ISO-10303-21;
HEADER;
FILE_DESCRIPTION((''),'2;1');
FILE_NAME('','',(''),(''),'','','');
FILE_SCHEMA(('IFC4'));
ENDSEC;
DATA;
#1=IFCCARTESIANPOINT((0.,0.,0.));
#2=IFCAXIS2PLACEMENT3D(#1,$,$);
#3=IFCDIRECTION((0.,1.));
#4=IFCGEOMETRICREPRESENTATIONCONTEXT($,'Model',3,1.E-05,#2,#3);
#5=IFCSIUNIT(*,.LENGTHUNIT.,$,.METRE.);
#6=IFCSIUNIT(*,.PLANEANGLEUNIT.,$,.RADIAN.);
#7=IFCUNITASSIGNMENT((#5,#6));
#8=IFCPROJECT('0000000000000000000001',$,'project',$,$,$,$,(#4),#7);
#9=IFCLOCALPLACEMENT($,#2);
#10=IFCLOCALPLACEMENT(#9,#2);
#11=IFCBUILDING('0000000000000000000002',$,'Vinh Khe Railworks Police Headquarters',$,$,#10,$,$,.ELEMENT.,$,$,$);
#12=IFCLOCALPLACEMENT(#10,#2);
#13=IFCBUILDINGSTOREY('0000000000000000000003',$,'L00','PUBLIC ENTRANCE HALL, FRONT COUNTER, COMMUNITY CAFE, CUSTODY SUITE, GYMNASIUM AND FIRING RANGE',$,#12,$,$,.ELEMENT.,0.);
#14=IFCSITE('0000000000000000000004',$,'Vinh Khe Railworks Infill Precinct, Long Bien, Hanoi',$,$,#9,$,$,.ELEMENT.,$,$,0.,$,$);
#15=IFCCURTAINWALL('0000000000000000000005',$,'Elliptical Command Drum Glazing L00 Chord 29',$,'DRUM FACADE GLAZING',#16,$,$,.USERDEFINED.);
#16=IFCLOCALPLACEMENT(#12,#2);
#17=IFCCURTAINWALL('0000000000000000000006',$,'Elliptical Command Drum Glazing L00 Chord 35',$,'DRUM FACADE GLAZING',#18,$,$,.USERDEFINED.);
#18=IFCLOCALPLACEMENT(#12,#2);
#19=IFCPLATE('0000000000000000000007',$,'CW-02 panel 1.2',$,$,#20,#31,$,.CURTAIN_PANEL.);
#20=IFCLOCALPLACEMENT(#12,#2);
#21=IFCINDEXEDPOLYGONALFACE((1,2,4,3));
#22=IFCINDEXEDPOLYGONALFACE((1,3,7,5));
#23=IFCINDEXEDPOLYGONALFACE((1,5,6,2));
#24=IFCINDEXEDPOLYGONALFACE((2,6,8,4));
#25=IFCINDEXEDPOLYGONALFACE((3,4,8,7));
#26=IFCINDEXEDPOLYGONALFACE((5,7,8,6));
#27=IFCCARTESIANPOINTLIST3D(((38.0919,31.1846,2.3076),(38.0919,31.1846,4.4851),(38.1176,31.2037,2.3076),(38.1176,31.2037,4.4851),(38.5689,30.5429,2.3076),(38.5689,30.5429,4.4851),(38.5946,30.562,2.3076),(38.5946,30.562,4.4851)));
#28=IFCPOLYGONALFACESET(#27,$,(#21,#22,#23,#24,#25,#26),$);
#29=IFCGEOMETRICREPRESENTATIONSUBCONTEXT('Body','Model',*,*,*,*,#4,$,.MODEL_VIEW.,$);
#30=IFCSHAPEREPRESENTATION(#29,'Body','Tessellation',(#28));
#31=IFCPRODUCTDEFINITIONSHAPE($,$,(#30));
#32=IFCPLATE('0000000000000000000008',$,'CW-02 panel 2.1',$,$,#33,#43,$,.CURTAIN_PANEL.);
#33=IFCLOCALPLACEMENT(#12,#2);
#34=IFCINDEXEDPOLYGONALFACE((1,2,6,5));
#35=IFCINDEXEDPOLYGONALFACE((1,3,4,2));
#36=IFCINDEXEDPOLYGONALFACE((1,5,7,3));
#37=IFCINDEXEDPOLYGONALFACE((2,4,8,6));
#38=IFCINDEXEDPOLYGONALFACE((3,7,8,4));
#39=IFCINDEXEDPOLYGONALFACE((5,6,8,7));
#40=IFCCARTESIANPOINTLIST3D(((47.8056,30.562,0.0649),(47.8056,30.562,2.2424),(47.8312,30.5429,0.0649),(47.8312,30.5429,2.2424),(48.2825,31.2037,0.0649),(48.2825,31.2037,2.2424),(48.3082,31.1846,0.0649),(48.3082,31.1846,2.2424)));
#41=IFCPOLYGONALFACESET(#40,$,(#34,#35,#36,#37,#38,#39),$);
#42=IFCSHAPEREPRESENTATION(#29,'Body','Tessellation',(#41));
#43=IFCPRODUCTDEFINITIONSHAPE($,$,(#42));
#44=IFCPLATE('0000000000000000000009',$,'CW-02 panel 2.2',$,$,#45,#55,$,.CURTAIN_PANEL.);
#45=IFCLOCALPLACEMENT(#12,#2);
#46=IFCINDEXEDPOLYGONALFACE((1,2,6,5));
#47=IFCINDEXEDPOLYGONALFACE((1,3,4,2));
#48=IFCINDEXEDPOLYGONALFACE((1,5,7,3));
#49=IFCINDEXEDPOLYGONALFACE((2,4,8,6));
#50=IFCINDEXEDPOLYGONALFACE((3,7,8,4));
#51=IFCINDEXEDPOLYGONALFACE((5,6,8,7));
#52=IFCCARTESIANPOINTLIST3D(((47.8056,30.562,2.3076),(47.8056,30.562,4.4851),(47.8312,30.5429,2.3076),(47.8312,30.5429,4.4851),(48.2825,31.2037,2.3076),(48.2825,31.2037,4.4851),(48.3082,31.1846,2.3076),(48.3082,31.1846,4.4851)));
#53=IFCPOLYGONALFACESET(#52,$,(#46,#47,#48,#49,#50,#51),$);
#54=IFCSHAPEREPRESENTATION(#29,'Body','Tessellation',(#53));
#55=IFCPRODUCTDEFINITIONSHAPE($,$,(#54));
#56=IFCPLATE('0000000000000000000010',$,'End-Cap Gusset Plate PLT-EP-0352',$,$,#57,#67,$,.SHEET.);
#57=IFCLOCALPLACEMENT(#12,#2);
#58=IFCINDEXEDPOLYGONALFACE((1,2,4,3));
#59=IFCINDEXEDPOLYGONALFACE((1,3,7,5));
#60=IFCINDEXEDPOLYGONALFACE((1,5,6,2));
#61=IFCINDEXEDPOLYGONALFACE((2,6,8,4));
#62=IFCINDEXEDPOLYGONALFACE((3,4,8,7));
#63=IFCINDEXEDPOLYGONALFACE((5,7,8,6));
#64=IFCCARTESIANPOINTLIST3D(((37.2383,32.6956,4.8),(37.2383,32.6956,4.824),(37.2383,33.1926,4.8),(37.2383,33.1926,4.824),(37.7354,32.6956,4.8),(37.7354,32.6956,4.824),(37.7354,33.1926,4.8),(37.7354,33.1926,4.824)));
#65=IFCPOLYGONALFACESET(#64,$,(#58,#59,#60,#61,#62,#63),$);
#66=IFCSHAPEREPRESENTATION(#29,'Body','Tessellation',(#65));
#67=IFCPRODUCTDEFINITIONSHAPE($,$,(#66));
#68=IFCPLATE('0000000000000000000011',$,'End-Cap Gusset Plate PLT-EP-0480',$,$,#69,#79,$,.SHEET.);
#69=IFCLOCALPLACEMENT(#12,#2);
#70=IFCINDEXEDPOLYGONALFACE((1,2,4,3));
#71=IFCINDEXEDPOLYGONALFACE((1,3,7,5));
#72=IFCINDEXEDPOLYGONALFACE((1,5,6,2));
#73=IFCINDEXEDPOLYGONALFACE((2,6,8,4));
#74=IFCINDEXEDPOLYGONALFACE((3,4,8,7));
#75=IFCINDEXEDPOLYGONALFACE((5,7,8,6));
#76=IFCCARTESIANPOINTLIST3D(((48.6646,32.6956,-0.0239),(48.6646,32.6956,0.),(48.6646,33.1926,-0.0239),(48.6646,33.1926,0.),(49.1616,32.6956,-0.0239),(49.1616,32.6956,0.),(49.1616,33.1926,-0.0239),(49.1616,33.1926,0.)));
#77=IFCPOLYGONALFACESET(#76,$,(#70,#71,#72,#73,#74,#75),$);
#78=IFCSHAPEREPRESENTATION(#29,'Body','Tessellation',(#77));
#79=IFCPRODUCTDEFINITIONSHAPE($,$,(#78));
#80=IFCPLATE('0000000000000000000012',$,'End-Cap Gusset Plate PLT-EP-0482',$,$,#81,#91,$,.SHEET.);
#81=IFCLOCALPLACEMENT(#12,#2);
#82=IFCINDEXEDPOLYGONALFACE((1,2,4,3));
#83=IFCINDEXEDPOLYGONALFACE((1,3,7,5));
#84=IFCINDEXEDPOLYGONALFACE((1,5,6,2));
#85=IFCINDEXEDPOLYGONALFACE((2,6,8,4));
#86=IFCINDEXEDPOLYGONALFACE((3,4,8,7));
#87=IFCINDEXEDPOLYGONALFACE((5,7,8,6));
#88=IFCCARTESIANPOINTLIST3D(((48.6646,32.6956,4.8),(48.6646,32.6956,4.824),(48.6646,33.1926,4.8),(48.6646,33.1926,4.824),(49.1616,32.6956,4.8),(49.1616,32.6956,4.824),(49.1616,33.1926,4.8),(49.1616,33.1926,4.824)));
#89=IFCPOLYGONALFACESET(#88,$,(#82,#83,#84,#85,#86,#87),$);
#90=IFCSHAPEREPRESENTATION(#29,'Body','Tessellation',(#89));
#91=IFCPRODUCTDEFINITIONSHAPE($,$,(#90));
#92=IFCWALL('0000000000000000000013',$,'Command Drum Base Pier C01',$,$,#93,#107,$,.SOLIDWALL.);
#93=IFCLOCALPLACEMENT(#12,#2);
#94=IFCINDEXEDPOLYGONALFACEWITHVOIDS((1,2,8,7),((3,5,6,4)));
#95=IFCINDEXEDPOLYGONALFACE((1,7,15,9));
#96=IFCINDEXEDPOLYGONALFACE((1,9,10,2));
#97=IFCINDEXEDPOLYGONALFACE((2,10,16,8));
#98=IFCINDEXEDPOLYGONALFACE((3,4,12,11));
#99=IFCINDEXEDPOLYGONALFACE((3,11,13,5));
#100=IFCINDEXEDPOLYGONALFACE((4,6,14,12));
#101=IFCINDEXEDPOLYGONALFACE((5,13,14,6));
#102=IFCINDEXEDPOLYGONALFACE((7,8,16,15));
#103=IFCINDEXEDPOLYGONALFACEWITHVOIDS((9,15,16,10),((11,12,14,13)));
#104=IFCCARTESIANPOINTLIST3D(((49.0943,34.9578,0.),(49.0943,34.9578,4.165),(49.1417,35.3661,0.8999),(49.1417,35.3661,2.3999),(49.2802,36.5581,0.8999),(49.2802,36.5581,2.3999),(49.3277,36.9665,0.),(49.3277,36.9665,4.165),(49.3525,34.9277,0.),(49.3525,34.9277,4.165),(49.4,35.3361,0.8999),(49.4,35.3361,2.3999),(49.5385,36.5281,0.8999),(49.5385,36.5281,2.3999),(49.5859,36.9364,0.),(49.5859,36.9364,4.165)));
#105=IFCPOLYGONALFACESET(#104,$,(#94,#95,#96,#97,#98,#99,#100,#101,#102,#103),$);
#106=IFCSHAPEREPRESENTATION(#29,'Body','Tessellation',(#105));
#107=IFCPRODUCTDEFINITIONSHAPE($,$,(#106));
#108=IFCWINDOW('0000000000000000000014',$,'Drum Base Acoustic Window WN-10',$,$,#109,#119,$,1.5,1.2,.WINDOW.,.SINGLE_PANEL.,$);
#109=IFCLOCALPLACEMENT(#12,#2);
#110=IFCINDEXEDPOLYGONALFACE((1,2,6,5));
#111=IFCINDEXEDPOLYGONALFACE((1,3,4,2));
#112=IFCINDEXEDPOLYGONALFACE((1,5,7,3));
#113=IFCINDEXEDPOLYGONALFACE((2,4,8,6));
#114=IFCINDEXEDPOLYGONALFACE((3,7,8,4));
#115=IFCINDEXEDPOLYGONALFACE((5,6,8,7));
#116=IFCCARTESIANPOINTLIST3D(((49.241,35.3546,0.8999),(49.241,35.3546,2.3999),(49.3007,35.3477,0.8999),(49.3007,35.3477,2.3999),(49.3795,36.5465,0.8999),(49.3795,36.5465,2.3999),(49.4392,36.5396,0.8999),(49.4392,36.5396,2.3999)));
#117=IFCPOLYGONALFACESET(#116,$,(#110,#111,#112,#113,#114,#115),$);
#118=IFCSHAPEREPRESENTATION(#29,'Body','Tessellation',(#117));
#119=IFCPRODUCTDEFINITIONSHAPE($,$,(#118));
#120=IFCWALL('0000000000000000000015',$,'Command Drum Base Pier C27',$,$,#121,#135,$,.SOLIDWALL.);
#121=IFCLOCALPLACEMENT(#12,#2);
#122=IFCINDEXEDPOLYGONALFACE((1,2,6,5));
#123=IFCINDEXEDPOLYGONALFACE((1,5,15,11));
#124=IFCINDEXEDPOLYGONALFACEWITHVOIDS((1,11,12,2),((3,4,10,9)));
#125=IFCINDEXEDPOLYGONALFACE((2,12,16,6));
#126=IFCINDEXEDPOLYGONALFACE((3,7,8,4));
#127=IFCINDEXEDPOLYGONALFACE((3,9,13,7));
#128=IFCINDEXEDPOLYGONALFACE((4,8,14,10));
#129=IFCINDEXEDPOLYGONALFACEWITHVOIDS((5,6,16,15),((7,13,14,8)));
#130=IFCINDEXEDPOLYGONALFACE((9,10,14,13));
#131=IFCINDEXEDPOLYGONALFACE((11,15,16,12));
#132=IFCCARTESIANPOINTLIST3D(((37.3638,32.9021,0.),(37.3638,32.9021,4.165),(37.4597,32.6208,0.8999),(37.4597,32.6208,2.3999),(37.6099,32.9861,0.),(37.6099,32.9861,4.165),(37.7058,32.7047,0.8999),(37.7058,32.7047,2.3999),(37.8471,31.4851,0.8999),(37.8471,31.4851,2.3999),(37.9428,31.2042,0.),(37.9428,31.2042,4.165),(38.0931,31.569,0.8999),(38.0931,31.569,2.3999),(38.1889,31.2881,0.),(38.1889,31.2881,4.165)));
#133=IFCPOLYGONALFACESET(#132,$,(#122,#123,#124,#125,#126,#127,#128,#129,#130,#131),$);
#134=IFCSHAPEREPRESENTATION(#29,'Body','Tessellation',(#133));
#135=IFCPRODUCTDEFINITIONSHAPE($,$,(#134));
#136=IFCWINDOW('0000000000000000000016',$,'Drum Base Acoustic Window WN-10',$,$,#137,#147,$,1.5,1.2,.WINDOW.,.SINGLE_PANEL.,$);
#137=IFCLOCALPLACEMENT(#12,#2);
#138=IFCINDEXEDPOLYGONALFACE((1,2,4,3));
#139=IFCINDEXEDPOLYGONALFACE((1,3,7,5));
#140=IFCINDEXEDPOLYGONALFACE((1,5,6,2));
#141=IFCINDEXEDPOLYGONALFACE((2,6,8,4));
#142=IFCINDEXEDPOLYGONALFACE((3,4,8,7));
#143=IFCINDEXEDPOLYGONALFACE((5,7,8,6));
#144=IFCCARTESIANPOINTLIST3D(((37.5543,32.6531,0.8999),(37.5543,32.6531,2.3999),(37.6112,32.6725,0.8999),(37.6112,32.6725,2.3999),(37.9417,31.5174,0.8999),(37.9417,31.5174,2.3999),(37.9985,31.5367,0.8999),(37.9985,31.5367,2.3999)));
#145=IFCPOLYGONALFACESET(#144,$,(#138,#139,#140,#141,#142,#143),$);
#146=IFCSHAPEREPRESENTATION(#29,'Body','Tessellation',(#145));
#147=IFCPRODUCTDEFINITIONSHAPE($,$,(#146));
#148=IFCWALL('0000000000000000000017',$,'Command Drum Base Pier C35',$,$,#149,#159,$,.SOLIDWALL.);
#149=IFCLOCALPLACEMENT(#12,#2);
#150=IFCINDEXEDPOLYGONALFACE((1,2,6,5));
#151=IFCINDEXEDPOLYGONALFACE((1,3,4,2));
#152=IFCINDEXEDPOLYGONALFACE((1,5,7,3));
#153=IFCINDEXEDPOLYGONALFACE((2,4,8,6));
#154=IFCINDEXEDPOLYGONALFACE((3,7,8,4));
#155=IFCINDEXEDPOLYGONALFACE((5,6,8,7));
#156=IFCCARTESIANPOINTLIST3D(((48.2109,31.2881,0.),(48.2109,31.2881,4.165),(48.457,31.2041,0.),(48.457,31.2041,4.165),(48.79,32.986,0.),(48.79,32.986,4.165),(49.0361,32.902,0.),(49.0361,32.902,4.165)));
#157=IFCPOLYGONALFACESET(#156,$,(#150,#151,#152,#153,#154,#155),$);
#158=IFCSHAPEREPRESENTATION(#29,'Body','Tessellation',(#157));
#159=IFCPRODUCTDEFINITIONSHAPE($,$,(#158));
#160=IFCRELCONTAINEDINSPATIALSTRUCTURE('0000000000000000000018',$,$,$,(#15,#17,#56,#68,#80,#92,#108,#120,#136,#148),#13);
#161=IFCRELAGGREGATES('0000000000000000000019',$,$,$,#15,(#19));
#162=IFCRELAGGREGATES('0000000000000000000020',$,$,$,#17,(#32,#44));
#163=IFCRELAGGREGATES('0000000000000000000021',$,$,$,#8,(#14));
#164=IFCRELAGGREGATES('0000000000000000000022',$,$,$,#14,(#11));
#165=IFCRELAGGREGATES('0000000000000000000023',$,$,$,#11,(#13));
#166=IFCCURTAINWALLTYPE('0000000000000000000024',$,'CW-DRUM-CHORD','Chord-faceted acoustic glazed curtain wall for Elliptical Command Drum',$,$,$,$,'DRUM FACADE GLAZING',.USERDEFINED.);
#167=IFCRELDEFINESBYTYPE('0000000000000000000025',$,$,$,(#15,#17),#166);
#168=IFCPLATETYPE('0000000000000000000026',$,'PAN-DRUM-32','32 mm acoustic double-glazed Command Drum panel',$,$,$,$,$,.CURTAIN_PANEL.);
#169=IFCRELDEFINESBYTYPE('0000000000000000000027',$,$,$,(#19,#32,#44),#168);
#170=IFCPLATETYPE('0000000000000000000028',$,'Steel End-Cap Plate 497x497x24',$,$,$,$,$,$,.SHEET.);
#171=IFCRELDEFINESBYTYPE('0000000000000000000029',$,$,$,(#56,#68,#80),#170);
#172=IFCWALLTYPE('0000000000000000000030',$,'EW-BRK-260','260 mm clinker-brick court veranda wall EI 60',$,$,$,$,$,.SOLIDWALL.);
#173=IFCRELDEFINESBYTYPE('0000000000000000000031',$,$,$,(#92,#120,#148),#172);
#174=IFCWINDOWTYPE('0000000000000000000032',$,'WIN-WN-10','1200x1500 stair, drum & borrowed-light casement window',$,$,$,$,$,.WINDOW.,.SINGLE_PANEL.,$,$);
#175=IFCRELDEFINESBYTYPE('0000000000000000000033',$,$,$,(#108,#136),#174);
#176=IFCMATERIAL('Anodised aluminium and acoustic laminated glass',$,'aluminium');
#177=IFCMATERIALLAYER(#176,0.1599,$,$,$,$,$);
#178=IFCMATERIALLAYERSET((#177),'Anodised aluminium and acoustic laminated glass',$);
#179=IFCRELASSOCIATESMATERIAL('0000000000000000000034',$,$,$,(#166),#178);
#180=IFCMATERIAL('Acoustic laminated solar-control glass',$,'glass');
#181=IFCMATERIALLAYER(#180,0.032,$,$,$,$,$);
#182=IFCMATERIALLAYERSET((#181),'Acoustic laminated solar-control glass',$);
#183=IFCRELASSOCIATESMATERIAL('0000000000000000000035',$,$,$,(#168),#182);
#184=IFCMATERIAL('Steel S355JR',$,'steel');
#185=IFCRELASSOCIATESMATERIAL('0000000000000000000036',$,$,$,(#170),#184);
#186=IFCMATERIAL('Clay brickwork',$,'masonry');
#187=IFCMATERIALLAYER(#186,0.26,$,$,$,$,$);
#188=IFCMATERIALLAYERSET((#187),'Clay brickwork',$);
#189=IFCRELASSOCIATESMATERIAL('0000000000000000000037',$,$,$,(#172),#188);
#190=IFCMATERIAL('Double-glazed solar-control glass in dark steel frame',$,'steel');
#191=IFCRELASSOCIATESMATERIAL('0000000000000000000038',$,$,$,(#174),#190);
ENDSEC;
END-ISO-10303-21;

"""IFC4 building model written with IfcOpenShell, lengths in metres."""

from ifc_helpers import new_model, si_unit, direction, frame, frame_2d, origin, origin_2d, place, context, subcontext, project, spatial, rectangle, extrude, material, layer, layer_set, material_profile, profile_set, type_object, element, fill, aggregate, save


model = new_model("IFC4")

# Units and contexts
model_context = context("Model", 3, precision=1e-05, world=origin(), true_north=direction((0.0, 1.0)))
body_context = subcontext(model_context, "Body", "Model", "MODEL_VIEW")
ifc_project = project(units=[si_unit("LENGTHUNIT", "METRE"), si_unit("PLANEANGLEUNIT", "RADIAN")], contexts=[model_context])

# Site, building, storey
site_placement = place(None, origin())
site = spatial("IfcSite", under=ifc_project, at=site_placement, Name="Vinh Khe Railworks Infill Precinct, Long Bien, Hanoi", CompositionType="ELEMENT", RefElevation=0.0)
building_placement = place(site_placement, origin())
building = spatial("IfcBuilding", under=site, at=building_placement, Name="Vinh Khe Railworks Police Headquarters", CompositionType="ELEMENT")
storey_placement = place(building_placement, origin())
storey = spatial("IfcBuildingStorey", under=building, at=storey_placement, Name="L00", Description="PUBLIC ENTRANCE HALL, FRONT COUNTER, COMMUNITY CAFE, CUSTODY SUITE, GYMNASIUM AND FIRING RANGE", CompositionType="ELEMENT", Elevation=0.0)

# Shared definitions
ifc_material_1 = material(Name="Steel S355JR", Category="steel")

# Shared definitions
ifc_material_2 = material(Name="Anodised aluminium and acoustic laminated glass", Category="aluminium")
ifc_layer_1 = layer(ifc_material_2, 0.1599)
ifc_layer_set_1 = layer_set([ifc_layer_1], Name="Anodised aluminium and acoustic laminated glass")
curtain_wall_type = type_object("IfcCurtainWallType", Name="CW-DRUM-CHORD", Description="Chord-faceted acoustic glazed curtain wall for Elliptical Command Drum", ElementType="DRUM FACADE GLAZING", PredefinedType="USERDEFINED", material=ifc_layer_set_1)

# Curtain walls
curtain_wall_1_placement = place(storey_placement, origin())
curtain_wall_1 = element("IfcCurtainWall", 1, at=curtain_wall_1_placement, inside=storey, type_object=curtain_wall_type, Name="Elliptical Command Drum Glazing L00 Chord 29", ObjectType="DRUM FACADE GLAZING", PredefinedType="USERDEFINED")
curtain_wall_2_placement = place(storey_placement, origin())
curtain_wall_2 = element("IfcCurtainWall", 2, at=curtain_wall_2_placement, inside=storey, type_object=curtain_wall_type, Name="Elliptical Command Drum Glazing L00 Chord 35", ObjectType="DRUM FACADE GLAZING", PredefinedType="USERDEFINED")

# Plates
ifc_material_3 = material(Name="Acoustic laminated solar-control glass", Category="glass")
ifc_layer_2 = layer(ifc_material_3, 0.032)
ifc_layer_set_2 = layer_set([ifc_layer_2], Name="Acoustic laminated solar-control glass")
plate_type_1 = type_object("IfcPlateType", Name="PAN-DRUM-32", Description="32 mm acoustic double-glazed Command Drum panel", PredefinedType="CURTAIN_PANEL", material=ifc_layer_set_2)
plate_1_placement = place(storey_placement, frame((38.3433, 30.8733, 2.3076), z_axis=(0.0, 0.0, 1.0), x_axis=(0.596528, -0.802592, 0.0)))
plate_1 = element("IfcPlate", 3, at=plate_1_placement, type_object=plate_type_1, Name="CW-02 panel 1.2", PredefinedType="CURTAIN_PANEL", context=body_context, shape_type="SweptSolid", body=[
    extrude(rectangle(XDim=0.7996, YDim=0.032, at=origin_2d()), origin(), (0.0, 0.0, 1.0), 2.1775),
])
aggregate(curtain_wall_1, [plate_1])
plate_2_placement = place(storey_placement, frame((48.0569, 30.8733, 0.0649), z_axis=(0.0, 0.0, 1.0), x_axis=(0.596528, 0.802592, 0.0)))
plate_2 = element("IfcPlate", 4, at=plate_2_placement, type_object=plate_type_1, Name="CW-02 panel 2.1", PredefinedType="CURTAIN_PANEL", context=body_context, shape_type="SweptSolid", body=[
    extrude(rectangle(XDim=0.7996, YDim=0.032, at=origin_2d()), origin(), (0.0, 0.0, 1.0), 2.1775),
])
plate_3_placement = place(storey_placement, frame((48.0569, 30.8733, 2.3076), z_axis=(0.0, 0.0, 1.0), x_axis=(0.596528, 0.802592, 0.0)))
plate_3 = element("IfcPlate", 5, at=plate_3_placement, type_object=plate_type_1, Name="CW-02 panel 2.2", PredefinedType="CURTAIN_PANEL", context=body_context, shape_type="SweptSolid", body=[
    extrude(rectangle(XDim=0.7996, YDim=0.032, at=origin_2d()), origin(), (0.0, 0.0, 1.0), 2.1775),
])
aggregate(curtain_wall_2, [plate_2, plate_3])

# Plates
ifc_material_profile_1 = material_profile(ifc_material_1, rectangle(XDim=0.4971, YDim=0.4971, at=origin_2d()), Name="PL 497x497")
ifc_profile_set_1 = profile_set([ifc_material_profile_1], Name="Steel S355JR")
plate_type_2 = type_object("IfcPlateType", Name="Steel End-Cap Plate 497x497x24", PredefinedType="SHEET", material=ifc_profile_set_1)
for number, where, z_axis, x_axis, name in (
    (6, (37.4868, 32.9441, 4.8), (0.0, 0.0, 1.0), (1.0, 0.0, 0.0), "End-Cap Gusset Plate PLT-EP-0352"),
    (7, (48.9131, 32.9441, 0.0), (0.0, 0.0, -1.0), (1.0, 0.0, 0.0), "End-Cap Gusset Plate PLT-EP-0480"),
    (8, (48.9131, 32.9441, 4.8), (0.0, 0.0, 1.0), (1.0, 0.0, 0.0), "End-Cap Gusset Plate PLT-EP-0482"),
):
    element("IfcPlate", number, at=place(storey_placement, frame(where, z_axis=z_axis, x_axis=x_axis)), inside=storey, type_object=plate_type_2, Name=name, PredefinedType="SHEET", context=body_context, shape_type="SweptSolid", body=[
        extrude(rectangle(XDim=0.4971, YDim=0.4971, at=origin_2d()), origin(), (0.0, 0.0, 1.0), 0.0239),
    ])

# Walls, openings, windows
ifc_material_4 = material(Name="Clay brickwork", Category="masonry")
ifc_layer_3 = layer(ifc_material_4, 0.26)
ifc_layer_set_3 = layer_set([ifc_layer_3], Name="Clay brickwork")
wall_type = type_object("IfcWallType", Name="EW-BRK-260", Description="260 mm clinker-brick court veranda wall EI 60", PredefinedType="SOLIDWALL", material=ifc_layer_set_3)
wall_1_placement = place(storey_placement, frame((49.2234, 34.9426, 0.0), z_axis=(0.0, 0.0, 1.0), x_axis=(0.115412, 0.993318, 0.0)))
wall_1 = element("IfcWall", 9, at=wall_1_placement, inside=storey, type_object=wall_type, Name="Command Drum Base Pier C01", PredefinedType="SOLIDWALL", context=body_context, shape_type="SweptSolid", body=[
    extrude(rectangle(XDim=2.0222, YDim=0.26, at=frame_2d((1.0112, 0.0))), origin(), (0.0, 0.0, 1.0), 4.165),
])
opening_1_placement = place(wall_1_placement, frame((0.4111, 0.0, 0.8999)))
opening_1 = element("IfcOpeningElement", 10, at=opening_1_placement, cuts=wall_1, PredefinedType="OPENING", context=body_context, shape_type="SweptSolid", body=[
    extrude(rectangle(XDim=1.2, YDim=1.5, at=frame_2d((0.6001, 0.75))), frame((0.0, 0.145, 0.0), z_axis=(0.0, -1.0, 0.0), x_axis=(1.0, 0.0, 0.0)), (0.0, 0.0, 1.0), 0.2898),
])
ifc_material_5 = material(Name="Double-glazed solar-control glass in dark steel frame", Category="steel")
window_type = type_object("IfcWindowType", Name="WIN-WN-10", Description="1200x1500 stair, drum & borrowed-light casement window", PartitioningType="SINGLE_PANEL", PredefinedType="WINDOW", material=ifc_material_5)
window_1_placement = place(opening_1_placement, origin())
window_1 = element("IfcWindow", 11, at=window_1_placement, inside=storey, type_object=window_type, Name="Drum Base Acoustic Window WN-10", OverallHeight=1.5, OverallWidth=1.2, PartitioningType="SINGLE_PANEL", PredefinedType="WINDOW", context=body_context, shape_type="SweptSolid", body=[
    extrude(rectangle(XDim=1.2, YDim=1.5, at=frame_2d((0.6001, 0.75))), frame((0.0, 0.03, 0.0), z_axis=(0.0, -1.0, 0.0), x_axis=(1.0, 0.0, 0.0)), (0.0, 0.0, 1.0), 0.0601),
])
fill(opening_1, window_1)
wall_2_placement = place(storey_placement, frame((37.4868, 32.9441, 0.0), z_axis=(0.0, 0.0, 1.0), x_axis=(0.322793, -0.94647, 0.0)))
wall_2 = element("IfcWall", 12, at=wall_2_placement, inside=storey, type_object=wall_type, Name="Command Drum Base Pier C27", PredefinedType="SOLIDWALL", context=body_context, shape_type="SweptSolid", body=[
    extrude(rectangle(XDim=1.7939, YDim=0.26, at=frame_2d((0.897, 0.0))), origin(), (0.0, 0.0, 1.0), 4.165),
])
opening_2_placement = place(wall_2_placement, frame((0.2971, 0.0, 0.8999)))
opening_2 = element("IfcOpeningElement", 13, at=opening_2_placement, cuts=wall_2, PredefinedType="OPENING", context=body_context, shape_type="SweptSolid", body=[
    extrude(rectangle(XDim=1.2, YDim=1.5, at=frame_2d((0.6001, 0.75))), frame((0.0, 0.145, 0.0), z_axis=(0.0, -1.0, 0.0), x_axis=(1.0, 0.0, 0.0)), (0.0, 0.0, 1.0), 0.2898),
])
window_2_placement = place(opening_2_placement, origin())
window_2 = element("IfcWindow", 14, at=window_2_placement, inside=storey, type_object=window_type, Name="Drum Base Acoustic Window WN-10", OverallHeight=1.5, OverallWidth=1.2, PartitioningType="SINGLE_PANEL", PredefinedType="WINDOW", context=body_context, shape_type="SweptSolid", body=[
    extrude(rectangle(XDim=1.2, YDim=1.5, at=frame_2d((0.6001, 0.75))), frame((0.0, 0.03, 0.0), z_axis=(0.0, -1.0, 0.0), x_axis=(1.0, 0.0, 0.0)), (0.0, 0.0, 1.0), 0.0601),
])
fill(opening_2, window_2)

# Wall
wall_3_placement = place(storey_placement, frame((48.334, 31.2461, 0.0), z_axis=(0.0, 0.0, 1.0), x_axis=(0.322793, 0.94647, 0.0)))
element("IfcWall", 15, at=wall_3_placement, inside=storey, type_object=wall_type, Name="Command Drum Base Pier C35", PredefinedType="SOLIDWALL", context=body_context, shape_type="SweptSolid", body=[
    extrude(rectangle(XDim=1.7939, YDim=0.26, at=frame_2d((0.897, 0.0))), origin(), (0.0, 0.0, 1.0), 4.165),
])

save(model, "model.ifc")
